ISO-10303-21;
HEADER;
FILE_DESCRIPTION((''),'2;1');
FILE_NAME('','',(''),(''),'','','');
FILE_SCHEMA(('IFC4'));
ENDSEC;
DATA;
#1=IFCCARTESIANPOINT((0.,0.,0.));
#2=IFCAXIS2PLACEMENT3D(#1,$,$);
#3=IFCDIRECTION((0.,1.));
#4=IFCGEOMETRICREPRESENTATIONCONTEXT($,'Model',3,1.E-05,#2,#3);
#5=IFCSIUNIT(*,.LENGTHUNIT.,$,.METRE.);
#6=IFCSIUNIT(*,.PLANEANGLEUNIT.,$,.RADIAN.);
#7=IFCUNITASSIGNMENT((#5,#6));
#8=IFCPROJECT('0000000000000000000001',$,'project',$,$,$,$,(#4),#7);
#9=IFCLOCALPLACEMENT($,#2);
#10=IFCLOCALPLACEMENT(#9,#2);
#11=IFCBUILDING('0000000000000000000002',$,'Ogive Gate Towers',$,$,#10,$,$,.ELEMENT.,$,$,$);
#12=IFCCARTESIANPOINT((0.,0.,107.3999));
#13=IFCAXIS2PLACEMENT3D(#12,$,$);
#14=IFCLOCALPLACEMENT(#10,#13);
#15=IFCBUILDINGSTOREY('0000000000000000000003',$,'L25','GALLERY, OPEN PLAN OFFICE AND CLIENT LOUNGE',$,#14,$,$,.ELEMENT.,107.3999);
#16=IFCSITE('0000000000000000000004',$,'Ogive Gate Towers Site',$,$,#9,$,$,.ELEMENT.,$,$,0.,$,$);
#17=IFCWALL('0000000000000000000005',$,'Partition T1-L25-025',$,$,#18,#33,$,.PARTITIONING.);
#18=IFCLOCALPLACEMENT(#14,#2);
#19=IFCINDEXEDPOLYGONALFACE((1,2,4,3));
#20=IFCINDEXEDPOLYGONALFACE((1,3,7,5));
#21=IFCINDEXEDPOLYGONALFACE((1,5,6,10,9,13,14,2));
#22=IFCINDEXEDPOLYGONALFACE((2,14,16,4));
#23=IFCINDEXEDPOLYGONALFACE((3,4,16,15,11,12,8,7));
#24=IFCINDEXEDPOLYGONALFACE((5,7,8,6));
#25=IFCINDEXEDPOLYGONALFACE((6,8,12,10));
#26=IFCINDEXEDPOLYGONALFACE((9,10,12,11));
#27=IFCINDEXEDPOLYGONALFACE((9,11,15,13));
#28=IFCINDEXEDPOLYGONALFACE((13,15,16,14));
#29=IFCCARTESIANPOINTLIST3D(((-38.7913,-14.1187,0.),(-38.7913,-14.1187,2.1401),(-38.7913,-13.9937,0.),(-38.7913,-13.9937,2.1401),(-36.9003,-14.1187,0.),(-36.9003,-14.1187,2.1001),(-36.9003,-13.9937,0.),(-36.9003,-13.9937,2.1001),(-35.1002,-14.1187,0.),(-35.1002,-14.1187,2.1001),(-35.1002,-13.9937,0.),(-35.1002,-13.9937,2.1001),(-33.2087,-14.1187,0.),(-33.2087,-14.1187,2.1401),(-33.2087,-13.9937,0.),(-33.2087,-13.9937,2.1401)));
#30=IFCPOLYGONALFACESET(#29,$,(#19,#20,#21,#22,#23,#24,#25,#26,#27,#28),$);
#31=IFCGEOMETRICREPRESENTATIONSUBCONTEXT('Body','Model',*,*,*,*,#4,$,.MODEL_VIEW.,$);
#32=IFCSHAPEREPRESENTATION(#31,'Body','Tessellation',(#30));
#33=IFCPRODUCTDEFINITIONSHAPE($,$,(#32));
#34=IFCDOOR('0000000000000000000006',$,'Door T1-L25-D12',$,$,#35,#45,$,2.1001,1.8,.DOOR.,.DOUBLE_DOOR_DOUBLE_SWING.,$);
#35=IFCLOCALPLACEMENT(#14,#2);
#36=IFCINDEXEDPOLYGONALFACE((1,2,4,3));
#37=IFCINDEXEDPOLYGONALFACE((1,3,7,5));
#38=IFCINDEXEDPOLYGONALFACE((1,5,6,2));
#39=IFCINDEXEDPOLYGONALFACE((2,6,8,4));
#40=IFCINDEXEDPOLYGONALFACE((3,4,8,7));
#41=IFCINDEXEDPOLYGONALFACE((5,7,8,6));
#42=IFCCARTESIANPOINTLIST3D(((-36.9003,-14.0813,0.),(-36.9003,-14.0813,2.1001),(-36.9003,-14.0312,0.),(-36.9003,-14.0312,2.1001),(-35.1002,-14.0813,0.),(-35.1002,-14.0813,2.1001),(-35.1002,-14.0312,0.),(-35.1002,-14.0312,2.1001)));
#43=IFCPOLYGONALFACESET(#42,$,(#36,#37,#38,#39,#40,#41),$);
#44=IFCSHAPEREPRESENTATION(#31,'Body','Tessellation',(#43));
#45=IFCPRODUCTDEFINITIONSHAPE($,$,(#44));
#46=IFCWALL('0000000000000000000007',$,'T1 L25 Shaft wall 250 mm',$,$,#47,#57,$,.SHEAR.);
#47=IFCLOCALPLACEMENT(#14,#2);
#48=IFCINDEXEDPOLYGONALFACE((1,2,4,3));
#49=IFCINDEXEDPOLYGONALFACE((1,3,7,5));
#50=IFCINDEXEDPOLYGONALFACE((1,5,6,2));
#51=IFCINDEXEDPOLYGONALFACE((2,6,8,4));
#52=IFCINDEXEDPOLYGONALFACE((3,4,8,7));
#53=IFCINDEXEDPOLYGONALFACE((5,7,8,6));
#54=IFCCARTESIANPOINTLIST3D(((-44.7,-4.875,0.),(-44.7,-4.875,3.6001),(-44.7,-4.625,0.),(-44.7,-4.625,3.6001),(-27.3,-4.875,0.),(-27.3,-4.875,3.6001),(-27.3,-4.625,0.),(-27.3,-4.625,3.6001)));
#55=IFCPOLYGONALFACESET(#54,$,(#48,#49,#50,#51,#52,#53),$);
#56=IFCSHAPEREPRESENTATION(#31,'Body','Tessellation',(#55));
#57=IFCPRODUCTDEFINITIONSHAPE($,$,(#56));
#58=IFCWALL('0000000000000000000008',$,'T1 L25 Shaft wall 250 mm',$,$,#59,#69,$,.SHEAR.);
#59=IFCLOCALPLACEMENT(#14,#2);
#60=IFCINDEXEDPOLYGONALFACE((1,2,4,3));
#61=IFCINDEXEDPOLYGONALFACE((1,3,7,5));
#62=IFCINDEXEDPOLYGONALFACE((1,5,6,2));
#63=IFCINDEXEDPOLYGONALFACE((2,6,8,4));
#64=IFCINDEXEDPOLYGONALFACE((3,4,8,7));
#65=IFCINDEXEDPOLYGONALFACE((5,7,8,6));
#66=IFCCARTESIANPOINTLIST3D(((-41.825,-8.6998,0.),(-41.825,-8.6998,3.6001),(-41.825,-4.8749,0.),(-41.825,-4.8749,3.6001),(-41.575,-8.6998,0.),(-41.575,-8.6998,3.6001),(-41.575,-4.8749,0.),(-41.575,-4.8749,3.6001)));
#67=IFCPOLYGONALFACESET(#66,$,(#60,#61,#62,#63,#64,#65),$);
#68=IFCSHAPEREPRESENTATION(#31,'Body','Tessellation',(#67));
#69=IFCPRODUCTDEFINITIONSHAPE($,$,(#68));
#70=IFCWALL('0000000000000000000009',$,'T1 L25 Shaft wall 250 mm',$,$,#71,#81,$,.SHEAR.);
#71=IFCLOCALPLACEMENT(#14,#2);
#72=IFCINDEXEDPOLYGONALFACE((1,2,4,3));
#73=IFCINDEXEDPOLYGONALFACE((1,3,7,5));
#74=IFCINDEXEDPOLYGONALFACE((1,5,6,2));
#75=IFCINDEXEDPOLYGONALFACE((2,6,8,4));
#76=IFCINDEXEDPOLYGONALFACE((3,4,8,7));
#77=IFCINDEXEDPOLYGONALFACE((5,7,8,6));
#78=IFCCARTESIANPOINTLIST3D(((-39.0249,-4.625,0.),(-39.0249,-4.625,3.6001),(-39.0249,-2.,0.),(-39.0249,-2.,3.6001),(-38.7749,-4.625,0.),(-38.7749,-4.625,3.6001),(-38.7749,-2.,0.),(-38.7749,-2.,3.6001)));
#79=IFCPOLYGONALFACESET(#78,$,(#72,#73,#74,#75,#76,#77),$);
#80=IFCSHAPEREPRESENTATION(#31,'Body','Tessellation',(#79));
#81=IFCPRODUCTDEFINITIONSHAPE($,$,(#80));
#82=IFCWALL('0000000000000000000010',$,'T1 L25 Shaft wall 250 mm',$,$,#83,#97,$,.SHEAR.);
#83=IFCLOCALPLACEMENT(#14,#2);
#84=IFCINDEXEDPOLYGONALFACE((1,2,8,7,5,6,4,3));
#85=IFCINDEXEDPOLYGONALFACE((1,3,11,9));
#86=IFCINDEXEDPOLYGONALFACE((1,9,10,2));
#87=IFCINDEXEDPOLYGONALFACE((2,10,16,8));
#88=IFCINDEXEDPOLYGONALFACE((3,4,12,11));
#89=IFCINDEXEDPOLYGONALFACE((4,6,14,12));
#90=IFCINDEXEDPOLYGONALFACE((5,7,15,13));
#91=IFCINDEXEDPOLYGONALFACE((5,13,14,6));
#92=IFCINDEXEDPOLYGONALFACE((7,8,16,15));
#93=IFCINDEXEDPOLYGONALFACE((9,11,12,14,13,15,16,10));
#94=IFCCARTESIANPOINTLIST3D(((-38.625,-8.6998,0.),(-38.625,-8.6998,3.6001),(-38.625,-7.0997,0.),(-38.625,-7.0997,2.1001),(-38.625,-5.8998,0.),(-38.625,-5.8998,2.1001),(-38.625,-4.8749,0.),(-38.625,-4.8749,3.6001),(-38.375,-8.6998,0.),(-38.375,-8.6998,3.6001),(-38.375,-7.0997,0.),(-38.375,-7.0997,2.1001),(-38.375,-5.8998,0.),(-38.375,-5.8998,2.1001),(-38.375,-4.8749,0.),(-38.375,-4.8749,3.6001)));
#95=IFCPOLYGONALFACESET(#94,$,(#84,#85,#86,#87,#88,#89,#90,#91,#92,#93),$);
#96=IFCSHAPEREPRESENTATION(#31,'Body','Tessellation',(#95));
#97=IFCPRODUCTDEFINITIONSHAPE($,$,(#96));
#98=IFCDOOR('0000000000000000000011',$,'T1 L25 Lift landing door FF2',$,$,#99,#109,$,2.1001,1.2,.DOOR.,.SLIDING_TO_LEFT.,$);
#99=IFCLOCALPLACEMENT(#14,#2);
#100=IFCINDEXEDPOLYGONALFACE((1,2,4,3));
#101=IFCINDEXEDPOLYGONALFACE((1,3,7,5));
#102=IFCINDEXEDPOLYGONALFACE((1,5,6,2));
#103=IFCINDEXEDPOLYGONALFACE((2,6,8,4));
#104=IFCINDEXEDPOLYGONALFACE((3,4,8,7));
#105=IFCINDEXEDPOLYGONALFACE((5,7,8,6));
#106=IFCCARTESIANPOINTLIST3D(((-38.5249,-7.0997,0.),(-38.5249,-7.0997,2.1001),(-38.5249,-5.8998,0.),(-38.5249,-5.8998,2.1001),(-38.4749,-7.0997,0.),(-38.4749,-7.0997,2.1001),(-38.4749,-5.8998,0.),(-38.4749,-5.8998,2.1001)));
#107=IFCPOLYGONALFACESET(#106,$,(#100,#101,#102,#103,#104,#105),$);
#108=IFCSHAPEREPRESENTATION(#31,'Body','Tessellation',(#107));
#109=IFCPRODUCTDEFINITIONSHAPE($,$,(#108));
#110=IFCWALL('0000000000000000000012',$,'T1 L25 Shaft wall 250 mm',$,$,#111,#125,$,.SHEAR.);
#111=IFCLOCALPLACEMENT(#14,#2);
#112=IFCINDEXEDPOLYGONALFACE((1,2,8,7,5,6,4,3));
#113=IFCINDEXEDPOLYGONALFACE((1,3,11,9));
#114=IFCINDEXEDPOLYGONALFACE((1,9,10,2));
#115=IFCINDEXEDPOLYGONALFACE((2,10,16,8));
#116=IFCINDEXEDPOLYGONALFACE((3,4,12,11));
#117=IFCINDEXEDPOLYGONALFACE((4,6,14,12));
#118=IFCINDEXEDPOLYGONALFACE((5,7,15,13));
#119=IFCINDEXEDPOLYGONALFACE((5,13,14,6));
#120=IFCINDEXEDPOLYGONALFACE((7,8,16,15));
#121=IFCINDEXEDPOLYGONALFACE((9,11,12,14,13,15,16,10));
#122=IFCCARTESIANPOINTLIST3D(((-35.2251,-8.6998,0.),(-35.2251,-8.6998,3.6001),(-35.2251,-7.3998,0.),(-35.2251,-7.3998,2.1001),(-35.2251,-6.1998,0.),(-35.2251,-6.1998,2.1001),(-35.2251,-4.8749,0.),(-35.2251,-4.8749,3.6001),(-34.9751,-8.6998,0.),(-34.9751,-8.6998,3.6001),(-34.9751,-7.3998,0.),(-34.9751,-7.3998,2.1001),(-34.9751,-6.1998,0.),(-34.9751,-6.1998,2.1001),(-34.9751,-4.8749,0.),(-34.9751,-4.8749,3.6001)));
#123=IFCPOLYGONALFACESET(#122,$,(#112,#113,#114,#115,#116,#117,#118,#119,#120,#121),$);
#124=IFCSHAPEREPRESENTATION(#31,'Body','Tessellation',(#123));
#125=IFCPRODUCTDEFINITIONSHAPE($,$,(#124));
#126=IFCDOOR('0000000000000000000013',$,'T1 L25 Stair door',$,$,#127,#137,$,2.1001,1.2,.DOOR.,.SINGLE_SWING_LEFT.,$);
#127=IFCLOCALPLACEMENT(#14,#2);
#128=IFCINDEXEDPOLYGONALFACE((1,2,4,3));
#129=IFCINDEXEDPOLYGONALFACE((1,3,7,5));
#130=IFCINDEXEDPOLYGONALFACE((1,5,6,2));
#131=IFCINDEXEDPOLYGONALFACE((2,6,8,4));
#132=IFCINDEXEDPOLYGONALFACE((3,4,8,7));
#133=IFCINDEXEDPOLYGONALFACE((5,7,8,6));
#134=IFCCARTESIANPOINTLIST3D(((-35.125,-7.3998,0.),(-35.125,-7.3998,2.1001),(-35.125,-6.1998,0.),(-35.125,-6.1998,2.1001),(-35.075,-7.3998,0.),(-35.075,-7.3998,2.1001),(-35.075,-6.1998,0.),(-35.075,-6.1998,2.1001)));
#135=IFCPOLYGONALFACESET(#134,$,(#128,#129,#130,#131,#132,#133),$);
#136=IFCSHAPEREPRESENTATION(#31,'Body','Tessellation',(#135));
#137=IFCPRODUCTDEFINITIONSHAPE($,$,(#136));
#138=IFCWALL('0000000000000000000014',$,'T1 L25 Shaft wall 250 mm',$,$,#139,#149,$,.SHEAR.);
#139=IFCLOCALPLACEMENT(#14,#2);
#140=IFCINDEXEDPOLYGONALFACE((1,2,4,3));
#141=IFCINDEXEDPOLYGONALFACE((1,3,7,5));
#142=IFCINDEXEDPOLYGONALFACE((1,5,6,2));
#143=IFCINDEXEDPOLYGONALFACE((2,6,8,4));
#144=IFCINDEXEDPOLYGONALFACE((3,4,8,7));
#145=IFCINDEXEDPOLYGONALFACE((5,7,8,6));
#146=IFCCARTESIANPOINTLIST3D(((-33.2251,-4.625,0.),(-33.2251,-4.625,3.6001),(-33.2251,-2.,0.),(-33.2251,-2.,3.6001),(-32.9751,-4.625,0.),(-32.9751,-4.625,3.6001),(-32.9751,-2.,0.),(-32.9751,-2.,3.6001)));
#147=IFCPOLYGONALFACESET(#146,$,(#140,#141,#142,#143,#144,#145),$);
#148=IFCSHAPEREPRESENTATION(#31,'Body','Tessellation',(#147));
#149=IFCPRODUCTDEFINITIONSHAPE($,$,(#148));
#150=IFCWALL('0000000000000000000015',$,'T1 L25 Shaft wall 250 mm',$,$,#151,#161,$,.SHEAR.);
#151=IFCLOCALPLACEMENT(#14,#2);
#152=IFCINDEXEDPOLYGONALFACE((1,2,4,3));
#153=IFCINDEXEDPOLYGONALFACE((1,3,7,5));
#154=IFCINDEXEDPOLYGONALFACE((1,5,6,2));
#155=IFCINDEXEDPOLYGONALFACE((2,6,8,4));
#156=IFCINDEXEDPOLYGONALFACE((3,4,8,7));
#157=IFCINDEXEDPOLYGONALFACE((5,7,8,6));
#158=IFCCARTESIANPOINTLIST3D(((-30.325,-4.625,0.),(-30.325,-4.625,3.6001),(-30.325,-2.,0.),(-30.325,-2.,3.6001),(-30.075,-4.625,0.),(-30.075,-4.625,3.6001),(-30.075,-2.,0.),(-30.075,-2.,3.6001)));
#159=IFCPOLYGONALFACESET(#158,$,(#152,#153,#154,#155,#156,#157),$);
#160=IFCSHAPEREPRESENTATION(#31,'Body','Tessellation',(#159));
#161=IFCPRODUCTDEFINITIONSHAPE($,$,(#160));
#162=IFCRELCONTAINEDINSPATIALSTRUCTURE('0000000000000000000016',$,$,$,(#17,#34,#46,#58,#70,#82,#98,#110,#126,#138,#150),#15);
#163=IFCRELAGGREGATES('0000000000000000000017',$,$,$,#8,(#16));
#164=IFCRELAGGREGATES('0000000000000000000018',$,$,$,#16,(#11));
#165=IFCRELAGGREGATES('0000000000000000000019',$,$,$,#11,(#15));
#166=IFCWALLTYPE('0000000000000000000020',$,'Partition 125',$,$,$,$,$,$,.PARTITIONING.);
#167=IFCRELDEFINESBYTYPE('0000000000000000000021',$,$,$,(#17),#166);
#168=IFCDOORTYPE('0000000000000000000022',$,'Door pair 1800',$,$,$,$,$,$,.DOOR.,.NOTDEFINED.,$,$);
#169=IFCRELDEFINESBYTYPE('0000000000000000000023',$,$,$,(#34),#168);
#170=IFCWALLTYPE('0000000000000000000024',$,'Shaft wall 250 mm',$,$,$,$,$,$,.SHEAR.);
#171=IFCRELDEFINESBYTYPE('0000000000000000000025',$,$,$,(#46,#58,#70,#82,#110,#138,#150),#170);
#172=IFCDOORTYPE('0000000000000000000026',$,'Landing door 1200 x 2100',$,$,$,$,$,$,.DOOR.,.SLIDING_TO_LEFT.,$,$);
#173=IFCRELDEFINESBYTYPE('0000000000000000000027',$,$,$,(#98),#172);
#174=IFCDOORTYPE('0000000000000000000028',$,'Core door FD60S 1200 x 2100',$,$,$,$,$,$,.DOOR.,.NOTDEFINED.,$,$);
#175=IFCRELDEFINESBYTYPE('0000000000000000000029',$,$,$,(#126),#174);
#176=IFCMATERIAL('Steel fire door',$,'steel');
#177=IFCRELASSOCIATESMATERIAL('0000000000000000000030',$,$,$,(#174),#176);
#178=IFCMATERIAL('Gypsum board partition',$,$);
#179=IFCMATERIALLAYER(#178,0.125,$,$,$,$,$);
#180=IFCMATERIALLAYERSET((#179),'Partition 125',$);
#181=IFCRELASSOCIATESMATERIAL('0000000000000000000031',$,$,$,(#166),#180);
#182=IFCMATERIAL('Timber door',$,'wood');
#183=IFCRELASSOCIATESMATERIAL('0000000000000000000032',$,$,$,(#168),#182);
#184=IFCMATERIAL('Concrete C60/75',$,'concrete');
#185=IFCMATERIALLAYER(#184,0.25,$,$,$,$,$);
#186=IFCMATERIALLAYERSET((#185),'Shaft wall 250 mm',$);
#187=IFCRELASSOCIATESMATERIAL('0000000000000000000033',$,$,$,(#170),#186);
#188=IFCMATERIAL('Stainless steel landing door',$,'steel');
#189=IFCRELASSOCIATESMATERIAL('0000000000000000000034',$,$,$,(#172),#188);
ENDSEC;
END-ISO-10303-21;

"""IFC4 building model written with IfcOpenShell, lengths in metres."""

from ifc_helpers import new_model, si_unit, direction, frame, frame_2d, origin, place, context, subcontext, project, spatial, rectangle, extrude, material, layer, layer_set, type_object, element, fill, save


model = new_model("IFC4")

# Units and contexts
model_context = context("Model", 3, precision=1e-05, world=origin(), true_north=direction((0.0, 1.0)))
body_context = subcontext(model_context, "Body", "Model", "MODEL_VIEW")
ifc_project = project(units=[si_unit("LENGTHUNIT", "METRE"), si_unit("PLANEANGLEUNIT", "RADIAN")], contexts=[model_context])

# Site, building, storey
site_placement = place(None, origin())
site = spatial("IfcSite", under=ifc_project, at=site_placement, Name="Ogive Gate Towers Site", CompositionType="ELEMENT", RefElevation=0.0)
building_placement = place(site_placement, origin())
building = spatial("IfcBuilding", under=site, at=building_placement, Name="Ogive Gate Towers", CompositionType="ELEMENT")
storey_placement = place(building_placement, frame((0.0, 0.0, 107.3999)))
storey = spatial("IfcBuildingStorey", under=building, at=storey_placement, Name="L25", Description="GALLERY, OPEN PLAN OFFICE AND CLIENT LOUNGE", CompositionType="ELEMENT", Elevation=107.3999)

# Shared definitions
ifc_material_1 = material(Name="Concrete C60/75", Category="concrete")
ifc_material_2 = material(Name="Timber door", Category="wood")
ifc_material_3 = material(Name="Steel fire door", Category="steel")
door_type_1 = type_object("IfcDoorType", Name="Core door FD60S 1200 x 2100", OperationType="NOTDEFINED", PredefinedType="DOOR", material=ifc_material_3)

# Wall, opening, door
ifc_material_4 = material(Name="Gypsum board partition")
ifc_layer_1 = layer(ifc_material_4, 0.125)
ifc_layer_set_1 = layer_set([ifc_layer_1], Name="Partition 125")
wall_type_1 = type_object("IfcWallType", Name="Partition 125", PredefinedType="PARTITIONING", material=ifc_layer_set_1)
door_type_2 = type_object("IfcDoorType", Name="Door pair 1800", OperationType="NOTDEFINED", PredefinedType="DOOR", material=ifc_material_2)
wall_1_placement = place(storey_placement, frame((-38.7913, -14.0562, 0.0), z_axis=(0.0, 0.0, 1.0), x_axis=(1.0, 0.0, 0.0)))
wall_1 = element("IfcWall", 1, at=wall_1_placement, inside=storey, type_object=wall_type_1, Name="Partition T1-L25-025", PredefinedType="PARTITIONING", context=body_context, shape_type="SweptSolid", body=[
    extrude(rectangle(XDim=5.5825, YDim=0.125, at=frame_2d((2.7913, 0.0))), origin(), (0.0, 0.0, 1.0), 2.1401),
])
opening_1_placement = place(wall_1_placement, frame((1.8911, 0.0, 0.0)))
opening_1 = element("IfcOpeningElement", 2, at=opening_1_placement, cuts=wall_1, PredefinedType="OPENING", context=body_context, shape_type="SweptSolid", body=[
    extrude(rectangle(XDim=1.8, YDim=2.1001, at=frame_2d((0.8999, 1.05))), frame((0.0, 0.0725, 0.0), z_axis=(0.0, -1.0, 0.0), x_axis=(1.0, 0.0, 0.0)), (0.0, 0.0, 1.0), 0.145),
])
door_1_placement = place(opening_1_placement, origin())
door_1 = element("IfcDoor", 3, at=door_1_placement, inside=storey, type_object=door_type_2, Name="Door T1-L25-D12", OperationType="DOUBLE_DOOR_DOUBLE_SWING", OverallHeight=2.1001, OverallWidth=1.8, PredefinedType="DOOR", context=body_context, shape_type="SweptSolid", body=[
    extrude(rectangle(XDim=1.8, YDim=2.1001, at=frame_2d((0.8999, 1.05))), frame((0.0, 0.0249, 0.0), z_axis=(0.0, -1.0, 0.0), x_axis=(1.0, 0.0, 0.0)), (0.0, 0.0, 1.0), 0.05),
])
fill(opening_1, door_1)

# Walls
ifc_layer_2 = layer(ifc_material_1, 0.25)
ifc_layer_set_2 = layer_set([ifc_layer_2], Name="Shaft wall 250 mm")
wall_type_2 = type_object("IfcWallType", Name="Shaft wall 250 mm", PredefinedType="SHEAR", material=ifc_layer_set_2)
wall_2_placement = place(storey_placement, frame((-44.7, -4.75, 0.0), z_axis=(0.0, 0.0, 1.0), x_axis=(1.0, 0.0, 0.0)))
element("IfcWall", 4, at=wall_2_placement, inside=storey, type_object=wall_type_2, Name="T1 L25 Shaft wall 250 mm", PredefinedType="SHEAR", context=body_context, shape_type="SweptSolid", body=[
    extrude(rectangle(XDim=17.3999, YDim=0.25, at=frame_2d((8.7, 0.0))), origin(), (0.0, 0.0, 1.0), 3.6001),
])
wall_3_placement = place(storey_placement, frame((-41.7, -8.7, 0.0), z_axis=(0.0, 0.0, 1.0), x_axis=(0.0, 1.0, 0.0)))
element("IfcWall", 5, at=wall_3_placement, inside=storey, type_object=wall_type_2, Name="T1 L25 Shaft wall 250 mm", PredefinedType="SHEAR", context=body_context, shape_type="SweptSolid", body=[
    extrude(rectangle(XDim=3.825, YDim=0.25, at=frame_2d((1.9126, 0.0))), origin(), (0.0, 0.0, 1.0), 3.6001),
])
wall_4_placement = place(storey_placement, frame((-38.8999, -4.625, 0.0), z_axis=(0.0, 0.0, 1.0), x_axis=(0.0, 1.0, 0.0)))
element("IfcWall", 6, at=wall_4_placement, inside=storey, type_object=wall_type_2, Name="T1 L25 Shaft wall 250 mm", PredefinedType="SHEAR", context=body_context, shape_type="SweptSolid", body=[
    extrude(rectangle(XDim=2.625, YDim=0.25, at=frame_2d((1.3125, 0.0))), origin(), (0.0, 0.0, 1.0), 3.6001),
])

# Walls, openings, doors
wall_5_placement = place(storey_placement, frame((-38.5, -8.7, 0.0), z_axis=(0.0, 0.0, 1.0), x_axis=(0.0, 1.0, 0.0)))
wall_5 = element("IfcWall", 7, at=wall_5_placement, inside=storey, type_object=wall_type_2, Name="T1 L25 Shaft wall 250 mm", PredefinedType="SHEAR", context=body_context, shape_type="SweptSolid", body=[
    extrude(rectangle(XDim=3.825, YDim=0.25, at=frame_2d((1.9126, 0.0))), origin(), (0.0, 0.0, 1.0), 3.6001),
])
opening_2_placement = place(wall_5_placement, frame((1.6001, 0.0, 0.0)))
opening_2 = element("IfcOpeningElement", 8, at=opening_2_placement, cuts=wall_5, PredefinedType="OPENING", context=body_context, shape_type="SweptSolid", body=[
    extrude(rectangle(XDim=1.2, YDim=2.1001, at=frame_2d((0.6001, 1.05))), frame((0.0, 0.135, 0.0), z_axis=(0.0, -1.0, 0.0), x_axis=(1.0, 0.0, 0.0)), (0.0, 0.0, 1.0), 0.27),
])
ifc_material_5 = material(Name="Stainless steel landing door", Category="steel")
door_type_3 = type_object("IfcDoorType", Name="Landing door 1200 x 2100", OperationType="SLIDING_TO_LEFT", PredefinedType="DOOR", material=ifc_material_5)
door_2_placement = place(opening_2_placement, origin())
door_2 = element("IfcDoor", 9, at=door_2_placement, inside=storey, type_object=door_type_3, Name="T1 L25 Lift landing door FF2", OperationType="SLIDING_TO_LEFT", OverallHeight=2.1001, OverallWidth=1.2, PredefinedType="DOOR", context=body_context, shape_type="SweptSolid", body=[
    extrude(rectangle(XDim=1.2, YDim=2.1001, at=frame_2d((0.6001, 1.05))), frame((0.0, 0.0249, 0.0), z_axis=(0.0, -1.0, 0.0), x_axis=(1.0, 0.0, 0.0)), (0.0, 0.0, 1.0), 0.05),
])
fill(opening_2, door_2)
wall_6_placement = place(storey_placement, frame((-35.1001, -8.7, 0.0), z_axis=(0.0, 0.0, 1.0), x_axis=(0.0, 1.0, 0.0)))
wall_6 = element("IfcWall", 10, at=wall_6_placement, inside=storey, type_object=wall_type_2, Name="T1 L25 Shaft wall 250 mm", PredefinedType="SHEAR", context=body_context, shape_type="SweptSolid", body=[
    extrude(rectangle(XDim=3.825, YDim=0.25, at=frame_2d((1.9126, 0.0))), origin(), (0.0, 0.0, 1.0), 3.6001),
])
opening_3_placement = place(wall_6_placement, frame((1.3, 0.0, 0.0)))
opening_3 = element("IfcOpeningElement", 11, at=opening_3_placement, cuts=wall_6, PredefinedType="OPENING", context=body_context, shape_type="SweptSolid", body=[
    extrude(rectangle(XDim=1.2, YDim=2.1001, at=frame_2d((0.6001, 1.05))), frame((0.0, 0.135, 0.0), z_axis=(0.0, -1.0, 0.0), x_axis=(1.0, 0.0, 0.0)), (0.0, 0.0, 1.0), 0.27),
])
door_3_placement = place(opening_3_placement, origin())
door_3 = element("IfcDoor", 12, at=door_3_placement, inside=storey, type_object=door_type_1, Name="T1 L25 Stair door", OperationType="SINGLE_SWING_LEFT", OverallHeight=2.1001, OverallWidth=1.2, PredefinedType="DOOR", context=body_context, shape_type="SweptSolid", body=[
    extrude(rectangle(XDim=1.2, YDim=2.1001, at=frame_2d((0.6001, 1.05))), frame((0.0, 0.0249, 0.0), z_axis=(0.0, -1.0, 0.0), x_axis=(1.0, 0.0, 0.0)), (0.0, 0.0, 1.0), 0.05),
])
fill(opening_3, door_3)

# Walls
for number, where, z_axis, x_axis, name in (
    (13, (-33.1001, -4.625, 0.0), (0.0, 0.0, 1.0), (0.0, 1.0, 0.0), "T1 L25 Shaft wall 250 mm"),
    (14, (-30.2, -4.625, 0.0), (0.0, 0.0, 1.0), (0.0, 1.0, 0.0), "T1 L25 Shaft wall 250 mm"),
):
    element("IfcWall", number, at=place(storey_placement, frame(where, z_axis=z_axis, x_axis=x_axis)), inside=storey, type_object=wall_type_2, Name=name, PredefinedType="SHEAR", context=body_context, shape_type="SweptSolid", body=[
        extrude(rectangle(XDim=2.625, YDim=0.25, at=frame_2d((1.3125, 0.0))), origin(), (0.0, 0.0, 1.0), 3.6001),
    ])

save(model, "model.ifc")
